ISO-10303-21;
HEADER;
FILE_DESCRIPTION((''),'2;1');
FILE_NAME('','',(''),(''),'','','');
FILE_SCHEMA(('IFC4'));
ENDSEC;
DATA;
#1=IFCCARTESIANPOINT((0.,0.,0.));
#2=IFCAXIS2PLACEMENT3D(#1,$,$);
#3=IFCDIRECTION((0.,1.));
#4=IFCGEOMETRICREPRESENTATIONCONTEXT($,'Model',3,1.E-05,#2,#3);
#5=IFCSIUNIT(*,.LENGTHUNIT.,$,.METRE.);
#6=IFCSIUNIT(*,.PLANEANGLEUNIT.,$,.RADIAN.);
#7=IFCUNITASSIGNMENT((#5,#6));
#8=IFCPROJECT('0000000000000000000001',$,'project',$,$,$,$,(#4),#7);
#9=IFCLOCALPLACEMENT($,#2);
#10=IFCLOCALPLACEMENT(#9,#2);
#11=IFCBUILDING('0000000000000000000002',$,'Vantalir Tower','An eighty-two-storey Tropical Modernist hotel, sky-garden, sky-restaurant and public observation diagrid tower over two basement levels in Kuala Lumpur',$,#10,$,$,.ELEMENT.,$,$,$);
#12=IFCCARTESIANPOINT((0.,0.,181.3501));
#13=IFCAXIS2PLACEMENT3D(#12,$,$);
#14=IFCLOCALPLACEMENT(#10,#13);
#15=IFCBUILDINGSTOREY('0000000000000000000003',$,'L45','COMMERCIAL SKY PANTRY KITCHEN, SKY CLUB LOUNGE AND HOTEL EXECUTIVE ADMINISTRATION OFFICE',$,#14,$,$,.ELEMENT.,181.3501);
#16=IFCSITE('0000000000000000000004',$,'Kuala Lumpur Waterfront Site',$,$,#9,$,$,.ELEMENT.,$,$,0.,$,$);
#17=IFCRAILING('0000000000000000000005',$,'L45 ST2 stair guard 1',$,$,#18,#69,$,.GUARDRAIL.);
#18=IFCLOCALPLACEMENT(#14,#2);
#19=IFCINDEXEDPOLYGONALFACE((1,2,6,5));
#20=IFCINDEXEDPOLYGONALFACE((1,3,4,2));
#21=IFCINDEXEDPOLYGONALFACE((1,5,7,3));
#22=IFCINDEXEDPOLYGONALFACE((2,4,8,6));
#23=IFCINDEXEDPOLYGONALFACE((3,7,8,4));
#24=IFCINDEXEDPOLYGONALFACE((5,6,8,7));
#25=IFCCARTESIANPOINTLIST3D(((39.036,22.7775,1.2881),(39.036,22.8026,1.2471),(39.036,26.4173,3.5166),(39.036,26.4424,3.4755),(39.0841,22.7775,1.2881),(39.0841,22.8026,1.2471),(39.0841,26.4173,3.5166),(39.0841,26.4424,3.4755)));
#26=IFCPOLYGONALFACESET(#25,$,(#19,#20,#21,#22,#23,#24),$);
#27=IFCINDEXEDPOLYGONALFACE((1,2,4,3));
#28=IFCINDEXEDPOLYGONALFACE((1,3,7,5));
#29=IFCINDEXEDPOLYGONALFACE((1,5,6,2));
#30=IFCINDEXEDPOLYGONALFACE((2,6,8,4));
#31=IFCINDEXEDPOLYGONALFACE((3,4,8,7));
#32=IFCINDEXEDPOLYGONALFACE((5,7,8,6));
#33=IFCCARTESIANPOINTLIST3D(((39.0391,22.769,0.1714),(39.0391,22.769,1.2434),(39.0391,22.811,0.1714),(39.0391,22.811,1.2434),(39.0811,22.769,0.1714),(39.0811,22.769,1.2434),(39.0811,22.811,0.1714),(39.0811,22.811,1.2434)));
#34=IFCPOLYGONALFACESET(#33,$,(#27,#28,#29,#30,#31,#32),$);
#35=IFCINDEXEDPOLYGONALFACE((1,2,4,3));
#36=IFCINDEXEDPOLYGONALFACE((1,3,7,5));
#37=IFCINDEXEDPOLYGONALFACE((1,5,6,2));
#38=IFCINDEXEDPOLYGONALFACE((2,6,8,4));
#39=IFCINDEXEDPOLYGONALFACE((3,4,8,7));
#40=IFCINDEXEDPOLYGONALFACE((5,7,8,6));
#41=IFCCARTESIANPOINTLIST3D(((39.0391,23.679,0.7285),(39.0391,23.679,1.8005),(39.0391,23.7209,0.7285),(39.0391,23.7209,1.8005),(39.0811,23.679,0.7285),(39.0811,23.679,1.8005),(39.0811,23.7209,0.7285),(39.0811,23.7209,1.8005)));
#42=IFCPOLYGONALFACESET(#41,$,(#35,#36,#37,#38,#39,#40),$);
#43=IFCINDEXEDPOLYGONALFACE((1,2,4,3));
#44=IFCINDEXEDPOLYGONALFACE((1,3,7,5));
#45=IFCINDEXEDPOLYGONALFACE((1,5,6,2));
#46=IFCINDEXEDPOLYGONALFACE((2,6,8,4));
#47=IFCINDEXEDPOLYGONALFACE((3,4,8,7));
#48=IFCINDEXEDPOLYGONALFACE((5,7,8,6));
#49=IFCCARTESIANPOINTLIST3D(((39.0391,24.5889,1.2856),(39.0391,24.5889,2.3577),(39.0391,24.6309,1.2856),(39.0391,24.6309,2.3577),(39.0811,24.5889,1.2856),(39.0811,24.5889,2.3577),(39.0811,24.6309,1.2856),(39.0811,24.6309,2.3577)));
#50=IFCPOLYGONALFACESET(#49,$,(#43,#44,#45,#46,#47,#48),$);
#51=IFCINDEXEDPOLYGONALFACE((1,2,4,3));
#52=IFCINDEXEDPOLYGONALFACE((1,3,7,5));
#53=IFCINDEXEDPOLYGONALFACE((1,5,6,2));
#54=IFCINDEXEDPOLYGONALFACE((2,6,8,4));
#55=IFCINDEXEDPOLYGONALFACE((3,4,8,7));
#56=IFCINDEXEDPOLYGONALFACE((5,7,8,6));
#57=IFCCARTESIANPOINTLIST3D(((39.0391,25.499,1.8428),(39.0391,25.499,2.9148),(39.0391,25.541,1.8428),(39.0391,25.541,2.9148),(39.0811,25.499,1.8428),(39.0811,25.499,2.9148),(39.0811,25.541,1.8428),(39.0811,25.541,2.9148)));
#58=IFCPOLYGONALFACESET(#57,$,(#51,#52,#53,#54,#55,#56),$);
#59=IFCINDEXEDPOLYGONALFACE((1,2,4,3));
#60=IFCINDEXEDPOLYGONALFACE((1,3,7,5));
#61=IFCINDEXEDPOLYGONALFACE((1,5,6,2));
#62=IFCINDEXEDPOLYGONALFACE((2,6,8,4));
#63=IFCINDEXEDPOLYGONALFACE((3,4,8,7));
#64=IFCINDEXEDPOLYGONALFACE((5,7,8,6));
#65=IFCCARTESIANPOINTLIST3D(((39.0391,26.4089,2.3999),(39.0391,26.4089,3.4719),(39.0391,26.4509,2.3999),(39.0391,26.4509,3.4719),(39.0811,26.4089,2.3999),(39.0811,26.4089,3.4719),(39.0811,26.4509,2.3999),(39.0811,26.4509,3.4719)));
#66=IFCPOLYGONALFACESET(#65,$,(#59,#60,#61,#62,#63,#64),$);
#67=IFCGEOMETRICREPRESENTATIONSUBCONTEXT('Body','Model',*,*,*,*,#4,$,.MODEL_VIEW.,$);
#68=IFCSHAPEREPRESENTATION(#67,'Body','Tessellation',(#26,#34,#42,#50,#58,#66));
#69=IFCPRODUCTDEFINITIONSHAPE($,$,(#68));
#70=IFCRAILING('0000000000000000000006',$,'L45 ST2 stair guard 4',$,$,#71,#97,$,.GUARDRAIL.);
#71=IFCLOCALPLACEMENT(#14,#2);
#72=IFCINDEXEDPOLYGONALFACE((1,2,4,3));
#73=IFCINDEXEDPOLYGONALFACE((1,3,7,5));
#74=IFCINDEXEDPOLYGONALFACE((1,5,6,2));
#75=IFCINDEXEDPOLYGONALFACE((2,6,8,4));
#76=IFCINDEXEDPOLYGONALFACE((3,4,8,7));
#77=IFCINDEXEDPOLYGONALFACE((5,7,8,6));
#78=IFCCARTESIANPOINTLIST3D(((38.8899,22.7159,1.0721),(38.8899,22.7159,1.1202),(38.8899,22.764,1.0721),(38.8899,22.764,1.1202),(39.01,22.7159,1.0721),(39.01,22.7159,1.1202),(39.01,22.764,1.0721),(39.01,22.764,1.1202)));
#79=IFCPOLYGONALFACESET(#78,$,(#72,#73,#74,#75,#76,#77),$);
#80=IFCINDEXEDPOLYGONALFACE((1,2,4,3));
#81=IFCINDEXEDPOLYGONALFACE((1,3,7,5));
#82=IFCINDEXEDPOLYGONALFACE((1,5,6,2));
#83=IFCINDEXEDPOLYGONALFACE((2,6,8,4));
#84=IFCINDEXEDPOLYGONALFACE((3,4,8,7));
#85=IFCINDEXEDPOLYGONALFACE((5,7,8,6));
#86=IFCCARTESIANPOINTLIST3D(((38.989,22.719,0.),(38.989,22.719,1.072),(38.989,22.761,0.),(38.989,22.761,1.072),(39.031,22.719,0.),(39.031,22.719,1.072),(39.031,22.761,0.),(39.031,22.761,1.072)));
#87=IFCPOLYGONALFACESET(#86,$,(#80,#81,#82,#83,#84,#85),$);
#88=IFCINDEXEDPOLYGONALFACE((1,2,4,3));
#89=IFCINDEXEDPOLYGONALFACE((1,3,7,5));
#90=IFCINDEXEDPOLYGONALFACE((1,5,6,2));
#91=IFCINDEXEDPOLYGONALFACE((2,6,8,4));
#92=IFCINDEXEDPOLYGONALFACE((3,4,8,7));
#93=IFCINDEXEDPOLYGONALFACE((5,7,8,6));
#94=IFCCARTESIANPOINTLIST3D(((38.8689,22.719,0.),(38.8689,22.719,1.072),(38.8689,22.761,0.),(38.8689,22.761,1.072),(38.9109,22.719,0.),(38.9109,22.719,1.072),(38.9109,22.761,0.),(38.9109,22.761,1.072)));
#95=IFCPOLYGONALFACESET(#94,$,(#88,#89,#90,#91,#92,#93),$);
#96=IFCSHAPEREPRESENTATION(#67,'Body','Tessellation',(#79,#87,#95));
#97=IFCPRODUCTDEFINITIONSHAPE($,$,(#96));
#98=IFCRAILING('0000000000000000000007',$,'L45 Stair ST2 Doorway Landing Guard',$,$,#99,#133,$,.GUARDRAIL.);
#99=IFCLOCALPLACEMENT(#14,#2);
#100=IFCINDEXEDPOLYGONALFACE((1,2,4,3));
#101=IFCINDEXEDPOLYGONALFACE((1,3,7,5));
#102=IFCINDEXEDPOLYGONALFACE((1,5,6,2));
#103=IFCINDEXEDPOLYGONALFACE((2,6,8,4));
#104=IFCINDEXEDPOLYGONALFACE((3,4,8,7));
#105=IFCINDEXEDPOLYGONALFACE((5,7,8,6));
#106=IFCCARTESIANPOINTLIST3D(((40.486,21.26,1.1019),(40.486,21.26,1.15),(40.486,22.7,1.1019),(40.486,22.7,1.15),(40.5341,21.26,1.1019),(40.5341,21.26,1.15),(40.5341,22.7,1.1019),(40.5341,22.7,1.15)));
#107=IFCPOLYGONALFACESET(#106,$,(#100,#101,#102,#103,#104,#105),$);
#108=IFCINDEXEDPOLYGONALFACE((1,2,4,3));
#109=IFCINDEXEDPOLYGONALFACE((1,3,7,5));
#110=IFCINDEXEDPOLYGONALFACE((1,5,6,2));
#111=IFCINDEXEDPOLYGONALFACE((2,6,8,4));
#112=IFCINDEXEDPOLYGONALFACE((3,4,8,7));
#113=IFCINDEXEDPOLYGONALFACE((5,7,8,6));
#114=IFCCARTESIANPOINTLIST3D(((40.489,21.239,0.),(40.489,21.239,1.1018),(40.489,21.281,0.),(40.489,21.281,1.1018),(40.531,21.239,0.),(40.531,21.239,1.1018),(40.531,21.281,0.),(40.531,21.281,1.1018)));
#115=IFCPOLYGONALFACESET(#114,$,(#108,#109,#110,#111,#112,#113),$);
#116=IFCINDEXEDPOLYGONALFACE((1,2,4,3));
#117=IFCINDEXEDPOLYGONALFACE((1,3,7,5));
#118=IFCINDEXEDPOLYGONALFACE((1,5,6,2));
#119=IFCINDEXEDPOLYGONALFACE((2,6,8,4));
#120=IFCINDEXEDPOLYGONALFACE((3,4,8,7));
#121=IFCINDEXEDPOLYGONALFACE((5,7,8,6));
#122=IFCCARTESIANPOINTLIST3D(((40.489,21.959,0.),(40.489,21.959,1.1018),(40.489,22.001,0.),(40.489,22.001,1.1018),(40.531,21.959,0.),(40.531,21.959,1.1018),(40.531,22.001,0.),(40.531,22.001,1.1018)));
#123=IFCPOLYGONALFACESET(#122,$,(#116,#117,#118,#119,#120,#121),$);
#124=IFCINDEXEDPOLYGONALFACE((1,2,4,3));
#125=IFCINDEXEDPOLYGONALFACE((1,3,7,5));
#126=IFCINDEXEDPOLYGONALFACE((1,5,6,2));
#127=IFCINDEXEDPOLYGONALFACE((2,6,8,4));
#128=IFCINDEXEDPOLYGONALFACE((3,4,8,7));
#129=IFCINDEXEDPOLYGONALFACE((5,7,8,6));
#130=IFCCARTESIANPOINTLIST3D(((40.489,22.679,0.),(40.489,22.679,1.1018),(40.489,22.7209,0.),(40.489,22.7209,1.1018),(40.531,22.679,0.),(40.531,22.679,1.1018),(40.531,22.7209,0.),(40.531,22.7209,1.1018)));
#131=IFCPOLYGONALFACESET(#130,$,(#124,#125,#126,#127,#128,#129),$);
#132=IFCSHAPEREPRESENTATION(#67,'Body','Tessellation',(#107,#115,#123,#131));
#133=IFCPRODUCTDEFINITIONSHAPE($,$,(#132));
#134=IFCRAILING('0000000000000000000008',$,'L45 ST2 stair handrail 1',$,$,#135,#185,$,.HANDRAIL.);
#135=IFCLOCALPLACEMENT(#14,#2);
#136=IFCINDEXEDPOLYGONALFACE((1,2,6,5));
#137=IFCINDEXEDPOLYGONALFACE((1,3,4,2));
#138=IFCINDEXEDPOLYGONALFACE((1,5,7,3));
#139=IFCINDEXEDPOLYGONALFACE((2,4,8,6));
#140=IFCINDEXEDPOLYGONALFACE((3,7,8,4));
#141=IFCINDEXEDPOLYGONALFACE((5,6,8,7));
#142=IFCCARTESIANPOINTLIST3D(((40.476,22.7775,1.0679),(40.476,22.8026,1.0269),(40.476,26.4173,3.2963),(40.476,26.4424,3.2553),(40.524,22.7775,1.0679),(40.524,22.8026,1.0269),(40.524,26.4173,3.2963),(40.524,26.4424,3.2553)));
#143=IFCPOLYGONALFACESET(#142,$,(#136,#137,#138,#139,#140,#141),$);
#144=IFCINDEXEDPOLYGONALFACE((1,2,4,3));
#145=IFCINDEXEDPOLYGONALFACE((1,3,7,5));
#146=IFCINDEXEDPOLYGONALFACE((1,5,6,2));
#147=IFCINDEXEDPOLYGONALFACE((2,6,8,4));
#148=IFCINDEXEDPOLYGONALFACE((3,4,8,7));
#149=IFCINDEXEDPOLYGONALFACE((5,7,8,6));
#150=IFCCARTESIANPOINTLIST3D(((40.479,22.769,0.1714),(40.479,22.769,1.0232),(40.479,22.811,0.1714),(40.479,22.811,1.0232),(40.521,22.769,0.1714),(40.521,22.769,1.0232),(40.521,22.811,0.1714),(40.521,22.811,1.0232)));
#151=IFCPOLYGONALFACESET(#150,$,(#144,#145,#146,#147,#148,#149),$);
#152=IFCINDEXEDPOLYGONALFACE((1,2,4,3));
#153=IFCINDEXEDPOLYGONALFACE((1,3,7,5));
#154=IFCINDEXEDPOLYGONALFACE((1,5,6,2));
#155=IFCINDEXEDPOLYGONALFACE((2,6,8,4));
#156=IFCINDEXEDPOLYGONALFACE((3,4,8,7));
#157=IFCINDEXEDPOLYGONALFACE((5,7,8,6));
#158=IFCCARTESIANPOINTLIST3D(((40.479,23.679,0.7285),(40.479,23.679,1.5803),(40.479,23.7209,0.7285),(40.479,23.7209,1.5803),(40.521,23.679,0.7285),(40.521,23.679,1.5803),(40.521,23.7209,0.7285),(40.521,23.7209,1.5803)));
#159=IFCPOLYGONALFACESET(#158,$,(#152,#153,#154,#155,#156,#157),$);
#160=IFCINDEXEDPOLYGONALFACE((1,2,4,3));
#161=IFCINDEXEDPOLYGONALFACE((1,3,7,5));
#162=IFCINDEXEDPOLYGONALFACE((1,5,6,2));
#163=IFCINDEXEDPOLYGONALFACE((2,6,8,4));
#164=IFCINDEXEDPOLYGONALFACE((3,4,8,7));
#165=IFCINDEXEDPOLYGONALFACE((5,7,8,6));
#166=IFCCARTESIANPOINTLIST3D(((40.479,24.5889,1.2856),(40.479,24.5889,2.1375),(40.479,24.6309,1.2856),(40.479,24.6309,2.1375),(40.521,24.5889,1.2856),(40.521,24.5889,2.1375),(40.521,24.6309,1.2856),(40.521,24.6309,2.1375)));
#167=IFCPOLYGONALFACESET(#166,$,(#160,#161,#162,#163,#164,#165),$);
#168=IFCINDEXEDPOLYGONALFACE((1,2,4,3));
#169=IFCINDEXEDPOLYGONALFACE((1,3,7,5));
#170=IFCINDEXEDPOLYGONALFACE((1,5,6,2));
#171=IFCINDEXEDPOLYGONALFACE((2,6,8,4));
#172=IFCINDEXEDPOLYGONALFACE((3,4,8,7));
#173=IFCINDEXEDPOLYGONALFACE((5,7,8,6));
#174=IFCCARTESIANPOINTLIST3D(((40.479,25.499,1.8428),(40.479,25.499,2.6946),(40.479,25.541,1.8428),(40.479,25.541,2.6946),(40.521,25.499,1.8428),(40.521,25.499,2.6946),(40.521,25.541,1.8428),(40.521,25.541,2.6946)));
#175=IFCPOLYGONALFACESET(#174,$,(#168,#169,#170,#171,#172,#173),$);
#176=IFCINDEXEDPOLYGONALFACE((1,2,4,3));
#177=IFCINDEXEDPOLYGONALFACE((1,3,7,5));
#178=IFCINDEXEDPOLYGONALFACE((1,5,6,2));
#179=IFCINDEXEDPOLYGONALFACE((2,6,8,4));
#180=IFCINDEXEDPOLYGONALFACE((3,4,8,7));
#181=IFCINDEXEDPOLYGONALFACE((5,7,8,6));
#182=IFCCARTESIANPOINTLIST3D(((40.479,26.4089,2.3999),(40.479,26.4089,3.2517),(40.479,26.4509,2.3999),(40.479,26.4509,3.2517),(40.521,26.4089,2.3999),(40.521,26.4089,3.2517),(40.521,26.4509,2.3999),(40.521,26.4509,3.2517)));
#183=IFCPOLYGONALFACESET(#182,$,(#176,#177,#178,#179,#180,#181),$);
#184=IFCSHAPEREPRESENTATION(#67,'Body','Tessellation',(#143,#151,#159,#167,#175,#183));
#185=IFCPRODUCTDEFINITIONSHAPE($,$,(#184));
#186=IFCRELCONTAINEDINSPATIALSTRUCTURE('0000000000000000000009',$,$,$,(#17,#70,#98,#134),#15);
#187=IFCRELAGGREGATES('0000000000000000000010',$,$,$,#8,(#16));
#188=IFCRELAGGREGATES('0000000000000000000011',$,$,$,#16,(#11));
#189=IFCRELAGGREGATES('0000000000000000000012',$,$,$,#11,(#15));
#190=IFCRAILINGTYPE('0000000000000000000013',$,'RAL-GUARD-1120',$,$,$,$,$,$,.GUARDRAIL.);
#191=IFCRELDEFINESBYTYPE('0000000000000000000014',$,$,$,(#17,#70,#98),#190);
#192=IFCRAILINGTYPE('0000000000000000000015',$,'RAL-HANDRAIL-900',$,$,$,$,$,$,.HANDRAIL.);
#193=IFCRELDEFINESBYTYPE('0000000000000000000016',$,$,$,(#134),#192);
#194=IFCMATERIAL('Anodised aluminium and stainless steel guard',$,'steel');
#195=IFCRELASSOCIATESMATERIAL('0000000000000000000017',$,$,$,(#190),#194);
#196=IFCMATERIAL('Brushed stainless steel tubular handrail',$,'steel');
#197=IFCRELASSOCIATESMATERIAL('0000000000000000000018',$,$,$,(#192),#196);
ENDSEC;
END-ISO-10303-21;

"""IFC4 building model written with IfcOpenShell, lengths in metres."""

from ifc_helpers import new_model, si_unit, direction, frame, origin, origin_2d, place, context, subcontext, project, spatial, rectangle, extrude, material, type_object, element, save


model = new_model("IFC4")

# Units and contexts
model_context = context("Model", 3, precision=1e-05, world=origin(), true_north=direction((0.0, 1.0)))
body_context = subcontext(model_context, "Body", "Model", "MODEL_VIEW")
ifc_project = project(units=[si_unit("LENGTHUNIT", "METRE"), si_unit("PLANEANGLEUNIT", "RADIAN")], contexts=[model_context])

# Site, building, storey
site_placement = place(None, origin())
site = spatial("IfcSite", under=ifc_project, at=site_placement, Name="Kuala Lumpur Waterfront Site", CompositionType="ELEMENT", RefElevation=0.0)
building_placement = place(site_placement, origin())
building = spatial("IfcBuilding", under=site, at=building_placement, Name="Vantalir Tower", Description="An eighty-two-storey Tropical Modernist hotel, sky-garden, sky-restaurant and public observation diagrid tower over two basement levels in Kuala Lumpur", CompositionType="ELEMENT")
storey_placement = place(building_placement, frame((0.0, 0.0, 181.3501)))
storey = spatial("IfcBuildingStorey", under=building, at=storey_placement, Name="L45", Description="COMMERCIAL SKY PANTRY KITCHEN, SKY CLUB LOUNGE AND HOTEL EXECUTIVE ADMINISTRATION OFFICE", CompositionType="ELEMENT", Elevation=181.3501)

# Railings
ifc_material_1 = material(Name="Anodised aluminium and stainless steel guard", Category="steel")
railing_type_1 = type_object("IfcRailingType", Name="RAL-GUARD-1120", PredefinedType="GUARDRAIL", material=ifc_material_1)
railing_1_placement = place(storey_placement, frame((39.0601, 22.79, 0.1714)))
element("IfcRailing", 1, at=railing_1_placement, inside=storey, type_object=railing_type_1, Name="L45 ST2 stair guard 1", PredefinedType="GUARDRAIL", context=body_context, shape_type="SweptSolid", body=[
    extrude(rectangle(XDim=0.0481, YDim=0.0481, at=origin_2d()), frame((0.0, 0.0, 1.0962), z_axis=(0.0, 0.85285, 0.522156), x_axis=(-1.0, 0.0, 0.0)), (0.0, 0.0, 1.0), 4.2678),
    extrude(rectangle(XDim=0.042, YDim=0.042, at=origin_2d()), origin(), (0.0, 0.0, 1.0), 1.072),
    extrude(rectangle(XDim=0.042, YDim=0.042, at=origin_2d()), frame((0.0, 0.9099, 0.5571)), (0.0, 0.0, 1.0), 1.072),
    extrude(rectangle(XDim=0.042, YDim=0.042, at=origin_2d()), frame((0.0, 1.8198, 1.1143)), (0.0, 0.0, 1.0), 1.072),
    extrude(rectangle(XDim=0.042, YDim=0.042, at=origin_2d()), frame((0.0, 2.73, 1.6714)), (0.0, 0.0, 1.0), 1.072),
    extrude(rectangle(XDim=0.042, YDim=0.042, at=origin_2d()), frame((0.0, 3.6399, 2.2285)), (0.0, 0.0, 1.0), 1.072),
])
railing_2_placement = place(storey_placement, frame((39.01, 22.74, 0.0)))
element("IfcRailing", 2, at=railing_2_placement, inside=storey, type_object=railing_type_1, Name="L45 ST2 stair guard 4", PredefinedType="GUARDRAIL", context=body_context, shape_type="SweptSolid", body=[
    extrude(rectangle(XDim=0.0481, YDim=0.0481, at=origin_2d()), frame((0.0, 0.0, 1.0962), z_axis=(-1.0, 0.0, 0.0), x_axis=(0.0, -1.0, 0.0)), (0.0, 0.0, 1.0), 0.1201),
    extrude(rectangle(XDim=0.042, YDim=0.042, at=origin_2d()), origin(), (0.0, 0.0, 1.0), 1.072),
    extrude(rectangle(XDim=0.042, YDim=0.042, at=origin_2d()), frame((-0.1201, 0.0, 0.0)), (0.0, 0.0, 1.0), 1.072),
])
railing_3_placement = place(storey_placement, frame((40.51, 21.26, 0.0)))
element("IfcRailing", 3, at=railing_3_placement, inside=storey, type_object=railing_type_1, Name="L45 Stair ST2 Doorway Landing Guard", PredefinedType="GUARDRAIL", context=body_context, shape_type="SweptSolid", body=[
    extrude(rectangle(XDim=0.0481, YDim=0.0481, at=origin_2d()), frame((0.0, 0.0, 1.126), z_axis=(0.0, 1.0, 0.0), x_axis=(-1.0, 0.0, 0.0)), (0.0, 0.0, 1.0), 1.4399),
    extrude(rectangle(XDim=0.042, YDim=0.042, at=origin_2d()), origin(), (0.0, 0.0, 1.0), 1.1018),
    extrude(rectangle(XDim=0.042, YDim=0.042, at=origin_2d()), frame((0.0, 0.72, 0.0)), (0.0, 0.0, 1.0), 1.1018),
    extrude(rectangle(XDim=0.042, YDim=0.042, at=origin_2d()), frame((0.0, 1.4399, 0.0)), (0.0, 0.0, 1.0), 1.1018),
])
ifc_material_2 = material(Name="Brushed stainless steel tubular handrail", Category="steel")
railing_type_2 = type_object("IfcRailingType", Name="RAL-HANDRAIL-900", PredefinedType="HANDRAIL", material=ifc_material_2)
railing_4_placement = place(storey_placement, frame((40.5, 22.79, 0.1714)))
element("IfcRailing", 4, at=railing_4_placement, inside=storey, type_object=railing_type_2, Name="L45 ST2 stair handrail 1", PredefinedType="HANDRAIL", context=body_context, shape_type="SweptSolid", body=[
    extrude(rectangle(XDim=0.0481, YDim=0.0481, at=origin_2d()), frame((0.0, 0.0, 0.876), z_axis=(0.0, 0.85285, 0.522156), x_axis=(-1.0, 0.0, 0.0)), (0.0, 0.0, 1.0), 4.2678),
    extrude(rectangle(XDim=0.042, YDim=0.042, at=origin_2d()), origin(), (0.0, 0.0, 1.0), 0.8518),
    extrude(rectangle(XDim=0.042, YDim=0.042, at=origin_2d()), frame((0.0, 0.9099, 0.5571)), (0.0, 0.0, 1.0), 0.8518),
    extrude(rectangle(XDim=0.042, YDim=0.042, at=origin_2d()), frame((0.0, 1.8198, 1.1143)), (0.0, 0.0, 1.0), 0.8518),
    extrude(rectangle(XDim=0.042, YDim=0.042, at=origin_2d()), frame((0.0, 2.73, 1.6714)), (0.0, 0.0, 1.0), 0.8518),
    extrude(rectangle(XDim=0.042, YDim=0.042, at=origin_2d()), frame((0.0, 3.6399, 2.2285)), (0.0, 0.0, 1.0), 0.8518),
])

save(model, "model.ifc")
